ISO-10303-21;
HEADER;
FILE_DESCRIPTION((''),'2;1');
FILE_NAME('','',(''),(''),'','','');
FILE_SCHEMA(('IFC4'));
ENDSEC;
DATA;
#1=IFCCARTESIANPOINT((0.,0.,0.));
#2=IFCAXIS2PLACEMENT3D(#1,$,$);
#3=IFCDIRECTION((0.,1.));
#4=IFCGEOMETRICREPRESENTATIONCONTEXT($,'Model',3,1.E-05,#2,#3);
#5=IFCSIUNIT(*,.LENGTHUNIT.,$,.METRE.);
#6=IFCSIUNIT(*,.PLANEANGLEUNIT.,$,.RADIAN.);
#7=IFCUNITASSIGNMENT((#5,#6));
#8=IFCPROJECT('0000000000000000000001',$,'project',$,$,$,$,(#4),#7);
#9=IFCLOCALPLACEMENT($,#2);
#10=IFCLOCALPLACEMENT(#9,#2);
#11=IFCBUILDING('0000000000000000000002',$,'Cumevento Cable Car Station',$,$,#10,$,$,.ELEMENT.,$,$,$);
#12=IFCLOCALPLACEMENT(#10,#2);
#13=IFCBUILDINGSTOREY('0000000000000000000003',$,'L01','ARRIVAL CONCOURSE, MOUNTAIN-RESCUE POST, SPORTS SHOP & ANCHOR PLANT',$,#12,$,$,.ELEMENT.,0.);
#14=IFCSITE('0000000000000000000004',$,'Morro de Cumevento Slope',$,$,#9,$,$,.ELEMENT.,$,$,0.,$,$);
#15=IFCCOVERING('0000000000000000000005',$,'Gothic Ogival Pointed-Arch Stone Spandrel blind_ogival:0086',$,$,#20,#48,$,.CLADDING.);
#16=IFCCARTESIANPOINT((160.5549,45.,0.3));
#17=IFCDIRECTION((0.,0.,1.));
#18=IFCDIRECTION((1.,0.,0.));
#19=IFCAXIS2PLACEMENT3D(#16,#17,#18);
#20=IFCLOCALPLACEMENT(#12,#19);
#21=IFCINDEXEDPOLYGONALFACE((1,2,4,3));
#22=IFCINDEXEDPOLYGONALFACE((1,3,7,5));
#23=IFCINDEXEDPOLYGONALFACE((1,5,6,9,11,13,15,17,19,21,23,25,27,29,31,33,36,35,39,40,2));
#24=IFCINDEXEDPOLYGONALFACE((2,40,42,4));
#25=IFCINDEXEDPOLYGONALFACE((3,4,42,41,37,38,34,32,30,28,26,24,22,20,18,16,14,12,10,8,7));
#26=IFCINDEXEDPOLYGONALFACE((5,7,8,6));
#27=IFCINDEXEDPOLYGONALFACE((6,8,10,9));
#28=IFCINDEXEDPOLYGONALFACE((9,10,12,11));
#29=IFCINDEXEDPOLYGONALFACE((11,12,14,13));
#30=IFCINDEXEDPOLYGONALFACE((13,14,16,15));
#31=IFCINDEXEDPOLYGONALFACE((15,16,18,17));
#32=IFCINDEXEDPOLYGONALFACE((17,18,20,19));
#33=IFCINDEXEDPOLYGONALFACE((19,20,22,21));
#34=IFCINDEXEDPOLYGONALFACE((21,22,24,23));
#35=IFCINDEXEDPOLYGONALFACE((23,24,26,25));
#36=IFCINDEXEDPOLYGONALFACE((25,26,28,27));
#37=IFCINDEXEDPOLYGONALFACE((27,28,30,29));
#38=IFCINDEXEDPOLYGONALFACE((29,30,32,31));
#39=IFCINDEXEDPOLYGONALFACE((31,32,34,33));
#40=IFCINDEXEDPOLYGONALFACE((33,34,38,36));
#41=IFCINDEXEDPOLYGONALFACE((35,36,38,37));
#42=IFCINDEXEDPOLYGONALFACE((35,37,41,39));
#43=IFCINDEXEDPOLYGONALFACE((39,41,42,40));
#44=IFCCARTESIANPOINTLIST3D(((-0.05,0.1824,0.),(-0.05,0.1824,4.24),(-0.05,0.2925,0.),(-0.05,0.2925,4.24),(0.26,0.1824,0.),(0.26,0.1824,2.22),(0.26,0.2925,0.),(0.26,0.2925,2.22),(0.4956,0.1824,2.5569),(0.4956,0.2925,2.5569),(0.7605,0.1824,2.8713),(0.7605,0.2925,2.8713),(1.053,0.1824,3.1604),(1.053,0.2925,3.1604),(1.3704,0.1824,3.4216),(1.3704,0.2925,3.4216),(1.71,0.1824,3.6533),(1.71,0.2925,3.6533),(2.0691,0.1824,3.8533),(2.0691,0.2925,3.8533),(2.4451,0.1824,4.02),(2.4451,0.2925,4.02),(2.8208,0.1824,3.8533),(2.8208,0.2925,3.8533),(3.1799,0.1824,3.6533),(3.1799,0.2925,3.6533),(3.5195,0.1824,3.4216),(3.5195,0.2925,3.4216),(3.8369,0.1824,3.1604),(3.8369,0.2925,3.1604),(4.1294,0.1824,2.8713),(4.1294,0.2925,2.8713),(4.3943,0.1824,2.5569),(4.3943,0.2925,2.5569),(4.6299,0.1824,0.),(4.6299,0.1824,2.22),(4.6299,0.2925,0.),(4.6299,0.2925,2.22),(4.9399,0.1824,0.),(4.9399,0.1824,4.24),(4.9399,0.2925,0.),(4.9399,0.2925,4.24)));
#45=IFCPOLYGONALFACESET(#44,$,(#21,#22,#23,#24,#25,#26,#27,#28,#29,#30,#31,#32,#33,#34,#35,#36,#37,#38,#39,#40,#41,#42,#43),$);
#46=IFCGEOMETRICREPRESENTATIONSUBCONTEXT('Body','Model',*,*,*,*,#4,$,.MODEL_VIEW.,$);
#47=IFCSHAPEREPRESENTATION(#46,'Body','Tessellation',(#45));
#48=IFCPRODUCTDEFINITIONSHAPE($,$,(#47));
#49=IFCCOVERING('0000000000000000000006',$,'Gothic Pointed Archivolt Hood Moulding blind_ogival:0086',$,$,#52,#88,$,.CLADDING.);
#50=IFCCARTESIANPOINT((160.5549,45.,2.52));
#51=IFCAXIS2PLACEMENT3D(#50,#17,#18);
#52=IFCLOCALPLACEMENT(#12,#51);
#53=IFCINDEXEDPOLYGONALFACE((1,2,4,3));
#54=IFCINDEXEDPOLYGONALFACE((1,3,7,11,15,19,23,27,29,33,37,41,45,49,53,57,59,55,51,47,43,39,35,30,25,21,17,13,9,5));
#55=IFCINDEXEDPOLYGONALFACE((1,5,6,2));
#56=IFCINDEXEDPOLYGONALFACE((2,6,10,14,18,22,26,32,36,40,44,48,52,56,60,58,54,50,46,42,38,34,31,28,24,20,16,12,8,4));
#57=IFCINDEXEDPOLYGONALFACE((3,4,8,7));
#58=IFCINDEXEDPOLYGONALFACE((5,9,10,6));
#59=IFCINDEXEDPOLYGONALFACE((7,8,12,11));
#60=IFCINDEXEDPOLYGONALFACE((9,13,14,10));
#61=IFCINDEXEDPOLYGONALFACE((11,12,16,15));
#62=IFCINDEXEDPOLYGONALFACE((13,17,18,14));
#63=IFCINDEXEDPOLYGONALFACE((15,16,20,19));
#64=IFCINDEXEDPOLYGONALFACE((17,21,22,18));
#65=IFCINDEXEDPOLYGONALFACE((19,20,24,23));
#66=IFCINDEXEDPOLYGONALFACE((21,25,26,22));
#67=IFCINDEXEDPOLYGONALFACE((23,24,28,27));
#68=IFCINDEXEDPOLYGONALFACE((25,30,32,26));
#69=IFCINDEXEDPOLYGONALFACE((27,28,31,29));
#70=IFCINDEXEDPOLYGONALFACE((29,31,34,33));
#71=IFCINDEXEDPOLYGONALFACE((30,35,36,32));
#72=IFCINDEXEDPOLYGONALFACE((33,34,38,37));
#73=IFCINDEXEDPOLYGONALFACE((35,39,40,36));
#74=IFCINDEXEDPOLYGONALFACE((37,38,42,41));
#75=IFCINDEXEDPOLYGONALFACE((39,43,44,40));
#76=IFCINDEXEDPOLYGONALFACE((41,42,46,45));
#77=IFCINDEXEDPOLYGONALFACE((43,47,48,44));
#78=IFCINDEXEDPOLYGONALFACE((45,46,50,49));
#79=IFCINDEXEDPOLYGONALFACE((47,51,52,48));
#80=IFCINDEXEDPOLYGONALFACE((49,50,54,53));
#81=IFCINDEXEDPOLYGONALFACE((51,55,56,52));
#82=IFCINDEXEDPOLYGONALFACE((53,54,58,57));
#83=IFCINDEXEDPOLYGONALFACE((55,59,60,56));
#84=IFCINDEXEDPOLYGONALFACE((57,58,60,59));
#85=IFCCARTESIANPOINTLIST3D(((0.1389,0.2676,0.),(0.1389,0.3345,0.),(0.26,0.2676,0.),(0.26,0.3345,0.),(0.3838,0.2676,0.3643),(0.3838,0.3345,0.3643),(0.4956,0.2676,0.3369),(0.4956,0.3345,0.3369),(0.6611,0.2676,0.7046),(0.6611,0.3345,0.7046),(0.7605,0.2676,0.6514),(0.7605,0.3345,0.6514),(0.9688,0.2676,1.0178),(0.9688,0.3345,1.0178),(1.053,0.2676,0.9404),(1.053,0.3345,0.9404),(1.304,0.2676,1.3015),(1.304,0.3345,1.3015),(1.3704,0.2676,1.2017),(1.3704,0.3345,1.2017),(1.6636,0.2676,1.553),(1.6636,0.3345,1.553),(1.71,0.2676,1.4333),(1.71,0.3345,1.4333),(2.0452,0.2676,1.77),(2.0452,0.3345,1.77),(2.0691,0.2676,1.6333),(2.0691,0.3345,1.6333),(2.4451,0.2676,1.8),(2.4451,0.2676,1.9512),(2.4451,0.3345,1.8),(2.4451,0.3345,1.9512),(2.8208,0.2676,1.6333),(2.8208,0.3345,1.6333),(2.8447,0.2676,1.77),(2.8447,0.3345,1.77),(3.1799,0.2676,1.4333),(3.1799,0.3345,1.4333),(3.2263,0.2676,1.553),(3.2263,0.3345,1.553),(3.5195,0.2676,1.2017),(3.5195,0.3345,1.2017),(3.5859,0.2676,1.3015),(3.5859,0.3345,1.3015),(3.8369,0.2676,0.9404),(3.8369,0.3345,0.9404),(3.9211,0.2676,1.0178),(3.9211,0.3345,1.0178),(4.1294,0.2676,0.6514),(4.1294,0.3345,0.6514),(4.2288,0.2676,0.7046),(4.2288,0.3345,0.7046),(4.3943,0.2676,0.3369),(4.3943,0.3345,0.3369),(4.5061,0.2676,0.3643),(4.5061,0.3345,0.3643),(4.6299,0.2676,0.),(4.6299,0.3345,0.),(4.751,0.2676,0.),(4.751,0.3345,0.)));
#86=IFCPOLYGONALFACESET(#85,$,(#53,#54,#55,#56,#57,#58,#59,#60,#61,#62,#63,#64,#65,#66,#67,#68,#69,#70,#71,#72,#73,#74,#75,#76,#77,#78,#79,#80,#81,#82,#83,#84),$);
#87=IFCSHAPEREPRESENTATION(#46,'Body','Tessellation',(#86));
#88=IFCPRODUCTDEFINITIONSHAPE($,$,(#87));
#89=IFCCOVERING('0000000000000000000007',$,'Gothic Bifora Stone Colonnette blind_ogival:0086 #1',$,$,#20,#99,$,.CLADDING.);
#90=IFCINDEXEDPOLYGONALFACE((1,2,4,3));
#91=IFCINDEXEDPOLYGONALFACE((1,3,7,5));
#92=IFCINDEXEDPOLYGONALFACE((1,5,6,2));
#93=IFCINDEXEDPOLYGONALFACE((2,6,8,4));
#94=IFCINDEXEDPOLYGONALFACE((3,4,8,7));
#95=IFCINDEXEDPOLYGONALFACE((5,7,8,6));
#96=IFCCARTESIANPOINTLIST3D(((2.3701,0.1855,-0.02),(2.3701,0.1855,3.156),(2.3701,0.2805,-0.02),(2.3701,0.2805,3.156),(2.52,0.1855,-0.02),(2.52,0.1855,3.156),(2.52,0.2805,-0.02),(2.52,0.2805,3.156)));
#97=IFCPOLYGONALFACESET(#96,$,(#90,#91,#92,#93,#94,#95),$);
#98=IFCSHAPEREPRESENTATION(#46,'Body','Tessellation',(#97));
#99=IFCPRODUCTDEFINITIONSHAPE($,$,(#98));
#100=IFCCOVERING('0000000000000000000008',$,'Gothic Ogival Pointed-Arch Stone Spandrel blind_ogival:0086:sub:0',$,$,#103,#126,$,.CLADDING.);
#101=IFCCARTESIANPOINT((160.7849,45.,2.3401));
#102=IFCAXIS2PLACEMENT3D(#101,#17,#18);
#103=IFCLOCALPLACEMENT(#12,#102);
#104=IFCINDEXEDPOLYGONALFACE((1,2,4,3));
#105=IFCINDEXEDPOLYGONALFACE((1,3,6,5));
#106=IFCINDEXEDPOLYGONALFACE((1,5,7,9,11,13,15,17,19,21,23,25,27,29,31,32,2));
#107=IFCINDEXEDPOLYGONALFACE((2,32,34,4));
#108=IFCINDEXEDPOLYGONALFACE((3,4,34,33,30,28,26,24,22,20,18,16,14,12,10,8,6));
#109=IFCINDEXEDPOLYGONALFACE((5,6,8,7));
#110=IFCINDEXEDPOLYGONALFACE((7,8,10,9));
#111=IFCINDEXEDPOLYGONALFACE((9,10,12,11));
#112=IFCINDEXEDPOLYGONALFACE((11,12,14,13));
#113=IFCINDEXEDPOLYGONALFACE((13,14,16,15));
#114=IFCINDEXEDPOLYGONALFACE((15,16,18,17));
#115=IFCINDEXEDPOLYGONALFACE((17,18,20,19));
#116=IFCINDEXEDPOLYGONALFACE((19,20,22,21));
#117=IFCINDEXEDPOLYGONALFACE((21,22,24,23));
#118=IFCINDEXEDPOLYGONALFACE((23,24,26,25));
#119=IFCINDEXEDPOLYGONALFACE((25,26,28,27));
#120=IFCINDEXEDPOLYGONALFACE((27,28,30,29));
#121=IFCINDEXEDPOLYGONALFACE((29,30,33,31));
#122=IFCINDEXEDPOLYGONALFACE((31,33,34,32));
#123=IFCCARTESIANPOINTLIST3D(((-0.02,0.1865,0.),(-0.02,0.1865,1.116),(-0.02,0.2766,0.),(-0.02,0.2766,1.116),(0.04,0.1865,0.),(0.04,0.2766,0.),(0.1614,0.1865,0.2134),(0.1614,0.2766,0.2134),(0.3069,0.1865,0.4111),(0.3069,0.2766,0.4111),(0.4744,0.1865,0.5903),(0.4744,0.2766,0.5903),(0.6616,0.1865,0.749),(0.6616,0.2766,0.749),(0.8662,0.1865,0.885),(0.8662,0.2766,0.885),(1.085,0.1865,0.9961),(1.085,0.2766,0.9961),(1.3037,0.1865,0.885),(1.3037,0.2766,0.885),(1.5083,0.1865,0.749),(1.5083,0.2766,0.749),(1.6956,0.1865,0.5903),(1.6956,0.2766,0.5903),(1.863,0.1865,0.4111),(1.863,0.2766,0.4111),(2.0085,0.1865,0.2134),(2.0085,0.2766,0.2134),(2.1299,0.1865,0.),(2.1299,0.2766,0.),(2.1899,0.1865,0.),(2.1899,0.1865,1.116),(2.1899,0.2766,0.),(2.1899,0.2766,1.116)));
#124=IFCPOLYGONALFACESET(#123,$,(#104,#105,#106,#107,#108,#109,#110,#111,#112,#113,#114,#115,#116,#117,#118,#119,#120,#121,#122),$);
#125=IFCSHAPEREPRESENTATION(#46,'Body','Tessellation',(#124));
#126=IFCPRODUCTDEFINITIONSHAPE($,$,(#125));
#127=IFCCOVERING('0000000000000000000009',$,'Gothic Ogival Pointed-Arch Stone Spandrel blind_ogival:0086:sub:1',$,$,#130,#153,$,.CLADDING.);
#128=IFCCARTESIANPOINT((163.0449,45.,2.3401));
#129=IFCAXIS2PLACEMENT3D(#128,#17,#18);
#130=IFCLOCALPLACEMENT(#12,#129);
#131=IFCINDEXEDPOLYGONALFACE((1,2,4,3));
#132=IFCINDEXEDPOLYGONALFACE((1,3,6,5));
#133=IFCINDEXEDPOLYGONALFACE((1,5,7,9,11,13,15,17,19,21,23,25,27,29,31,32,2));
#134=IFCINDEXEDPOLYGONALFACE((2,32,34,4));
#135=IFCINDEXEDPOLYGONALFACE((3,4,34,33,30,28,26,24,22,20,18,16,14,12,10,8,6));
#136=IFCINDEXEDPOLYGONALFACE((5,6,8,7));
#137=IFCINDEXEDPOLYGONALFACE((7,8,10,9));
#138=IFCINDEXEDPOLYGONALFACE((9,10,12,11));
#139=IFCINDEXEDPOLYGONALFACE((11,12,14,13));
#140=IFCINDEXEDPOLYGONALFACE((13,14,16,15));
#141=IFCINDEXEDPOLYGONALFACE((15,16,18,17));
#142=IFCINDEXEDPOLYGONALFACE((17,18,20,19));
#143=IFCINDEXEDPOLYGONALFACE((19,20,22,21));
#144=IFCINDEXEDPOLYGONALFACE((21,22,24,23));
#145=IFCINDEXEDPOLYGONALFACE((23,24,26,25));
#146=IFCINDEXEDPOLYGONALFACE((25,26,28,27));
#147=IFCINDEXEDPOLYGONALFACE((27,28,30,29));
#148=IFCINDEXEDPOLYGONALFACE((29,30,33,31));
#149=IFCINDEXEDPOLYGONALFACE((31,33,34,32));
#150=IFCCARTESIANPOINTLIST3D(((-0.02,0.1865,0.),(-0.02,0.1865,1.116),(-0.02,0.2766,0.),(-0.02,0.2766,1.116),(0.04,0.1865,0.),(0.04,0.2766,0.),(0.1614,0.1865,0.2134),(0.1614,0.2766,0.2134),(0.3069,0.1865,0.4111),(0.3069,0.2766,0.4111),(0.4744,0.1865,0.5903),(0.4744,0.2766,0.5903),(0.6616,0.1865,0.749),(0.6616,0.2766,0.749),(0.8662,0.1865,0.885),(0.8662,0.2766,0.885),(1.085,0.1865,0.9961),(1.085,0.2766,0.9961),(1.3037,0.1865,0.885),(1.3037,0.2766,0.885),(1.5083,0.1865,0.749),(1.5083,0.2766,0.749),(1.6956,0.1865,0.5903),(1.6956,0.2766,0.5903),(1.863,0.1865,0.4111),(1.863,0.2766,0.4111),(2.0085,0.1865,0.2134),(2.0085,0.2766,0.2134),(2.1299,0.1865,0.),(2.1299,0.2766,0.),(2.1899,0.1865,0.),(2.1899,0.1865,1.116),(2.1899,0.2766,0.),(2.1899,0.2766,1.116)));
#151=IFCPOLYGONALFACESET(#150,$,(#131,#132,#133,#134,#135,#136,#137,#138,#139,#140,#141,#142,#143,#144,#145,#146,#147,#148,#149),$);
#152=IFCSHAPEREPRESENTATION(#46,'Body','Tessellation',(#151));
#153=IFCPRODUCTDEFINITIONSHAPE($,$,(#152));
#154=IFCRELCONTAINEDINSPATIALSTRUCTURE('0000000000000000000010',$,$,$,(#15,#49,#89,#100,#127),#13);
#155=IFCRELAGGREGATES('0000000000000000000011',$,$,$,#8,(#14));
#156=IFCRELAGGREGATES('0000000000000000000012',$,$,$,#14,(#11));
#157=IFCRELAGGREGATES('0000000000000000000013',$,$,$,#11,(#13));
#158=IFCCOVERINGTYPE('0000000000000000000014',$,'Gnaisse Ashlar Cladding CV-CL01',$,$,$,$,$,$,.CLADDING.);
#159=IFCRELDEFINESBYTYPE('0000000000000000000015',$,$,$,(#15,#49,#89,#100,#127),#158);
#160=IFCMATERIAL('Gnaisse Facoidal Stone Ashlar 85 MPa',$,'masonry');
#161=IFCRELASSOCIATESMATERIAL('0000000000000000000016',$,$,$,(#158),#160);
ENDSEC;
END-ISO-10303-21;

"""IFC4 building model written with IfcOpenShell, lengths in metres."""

from ifc_helpers import new_model, si_unit, direction, frame, origin, place, context, subcontext, project, spatial, polyline, outline, extrude, material, type_object, element, save


model = new_model("IFC4")

# Units and contexts
model_context = context("Model", 3, precision=1e-05, world=origin(), true_north=direction((0.0, 1.0)))
body_context = subcontext(model_context, "Body", "Model", "MODEL_VIEW")
ifc_project = project(units=[si_unit("LENGTHUNIT", "METRE"), si_unit("PLANEANGLEUNIT", "RADIAN")], contexts=[model_context])

# Site, building, storey
site_placement = place(None, origin())
site = spatial("IfcSite", under=ifc_project, at=site_placement, Name="Morro de Cumevento Slope", CompositionType="ELEMENT", RefElevation=0.0)
building_placement = place(site_placement, origin())
building = spatial("IfcBuilding", under=site, at=building_placement, Name="Cumevento Cable Car Station", CompositionType="ELEMENT")
storey_placement = place(building_placement, origin())
storey = spatial("IfcBuildingStorey", under=building, at=storey_placement, Name="L01", Description="ARRIVAL CONCOURSE, MOUNTAIN-RESCUE POST, SPORTS SHOP & ANCHOR PLANT", CompositionType="ELEMENT", Elevation=0.0)

# Coverings
ifc_material_1 = material(Name="Gnaisse Facoidal Stone Ashlar 85 MPa", Category="masonry")
covering_type = type_object("IfcCoveringType", Name="Gnaisse Ashlar Cladding CV-CL01", PredefinedType="CLADDING", material=ifc_material_1)
placement_1 = place(storey_placement, frame((160.5549, 45.0, 0.3), z_axis=(0.0, 0.0, 1.0), x_axis=(1.0, 0.0, 0.0)))
element("IfcCovering", 1, at=placement_1, inside=storey, type_object=covering_type, Name="Gothic Ogival Pointed-Arch Stone Spandrel blind_ogival:0086", PredefinedType="CLADDING", context=body_context, shape_type="SweptSolid", body=[
    extrude(outline(polyline([(-0.05, 0.0), (-0.05, 4.24), (4.9399, 4.24), (4.9399, 0.0), (4.6299, 0.0), (4.6299, 2.22), (4.3943, 2.5569), (4.1294, 2.8713), (3.8369, 3.1604), (3.5195, 3.4216), (3.1799, 3.6533), (2.8208, 3.8533), (2.4451, 4.02), (2.0691, 3.8533), (1.71, 3.6533), (1.3704, 3.4216), (1.053, 3.1604), (0.7605, 2.8713), (0.4956, 2.5569), (0.26, 2.22), (0.26, 0.0), (-0.05, 0.0)])), frame((0.0, 0.2925, 0.0), z_axis=(0.0, -1.0, 0.0), x_axis=(1.0, 0.0, 0.0)), (0.0, 0.0, 1.0), 0.1101),
])
covering_1_placement = place(storey_placement, frame((160.5549, 45.0, 2.52), z_axis=(0.0, 0.0, 1.0), x_axis=(1.0, 0.0, 0.0)))
element("IfcCovering", 2, at=covering_1_placement, inside=storey, type_object=covering_type, Name="Gothic Pointed Archivolt Hood Moulding blind_ogival:0086", PredefinedType="CLADDING", context=body_context, shape_type="SweptSolid", body=[
    extrude(outline(polyline([(0.26, 0.0), (0.4956, 0.3369), (0.7605, 0.6514), (1.053, 0.9404), (1.3704, 1.2017), (1.71, 1.4333), (2.0691, 1.6333), (2.4451, 1.8), (2.8208, 1.6333), (3.1799, 1.4333), (3.5195, 1.2017), (3.8369, 0.9404), (4.1294, 0.6514), (4.3943, 0.3369), (4.6299, 0.0), (4.751, 0.0), (4.5061, 0.3643), (4.2288, 0.7046), (3.9211, 1.0178), (3.5859, 1.3015), (3.2263, 1.553), (2.8447, 1.77), (2.4451, 1.9512), (2.0452, 1.77), (1.6636, 1.553), (1.304, 1.3015), (0.9688, 1.0178), (0.6611, 0.7046), (0.3838, 0.3643), (0.1389, 0.0), (0.26, 0.0)])), frame((0.0, 0.3345, 0.0), z_axis=(0.0, -1.0, 0.0), x_axis=(1.0, 0.0, 0.0)), (0.0, 0.0, 1.0), 0.0669),
])
element("IfcCovering", 3, at=placement_1, inside=storey, type_object=covering_type, Name="Gothic Bifora Stone Colonnette blind_ogival:0086 #1", PredefinedType="CLADDING", context=body_context, shape_type="SweptSolid", body=[
    extrude(outline(polyline([(2.3701, -0.02), (2.52, -0.02), (2.52, 3.156), (2.3701, 3.156), (2.3701, -0.02)])), frame((0.0, 0.2805, 0.0), z_axis=(0.0, -1.0, 0.0), x_axis=(1.0, 0.0, 0.0)), (0.0, 0.0, 1.0), 0.095),
])
for number, where, z_axis, x_axis, name in (
    (4, (160.7849, 45.0, 2.3401), (0.0, 0.0, 1.0), (1.0, 0.0, 0.0), "Gothic Ogival Pointed-Arch Stone Spandrel blind_ogival:0086:sub:0"),
    (5, (163.0449, 45.0, 2.3401), (0.0, 0.0, 1.0), (1.0, 0.0, 0.0), "Gothic Ogival Pointed-Arch Stone Spandrel blind_ogival:0086:sub:1"),
):
    element("IfcCovering", number, at=place(storey_placement, frame(where, z_axis=z_axis, x_axis=x_axis)), inside=storey, type_object=covering_type, Name=name, PredefinedType="CLADDING", context=body_context, shape_type="SweptSolid", body=[
        extrude(outline(polyline([(-0.02, 0.0), (-0.02, 1.116), (2.1899, 1.116), (2.1899, 0.0), (2.1299, 0.0), (2.0085, 0.2134), (1.863, 0.4111), (1.6956, 0.5903), (1.5083, 0.749), (1.3037, 0.885), (1.085, 0.9961), (0.8662, 0.885), (0.6616, 0.749), (0.4744, 0.5903), (0.3069, 0.4111), (0.1614, 0.2134), (0.04, 0.0), (-0.02, 0.0)])), frame((0.0, 0.2766, 0.0), z_axis=(0.0, -1.0, 0.0), x_axis=(1.0, 0.0, 0.0)), (0.0, 0.0, 1.0), 0.0901),
    ])

save(model, "model.ifc")
